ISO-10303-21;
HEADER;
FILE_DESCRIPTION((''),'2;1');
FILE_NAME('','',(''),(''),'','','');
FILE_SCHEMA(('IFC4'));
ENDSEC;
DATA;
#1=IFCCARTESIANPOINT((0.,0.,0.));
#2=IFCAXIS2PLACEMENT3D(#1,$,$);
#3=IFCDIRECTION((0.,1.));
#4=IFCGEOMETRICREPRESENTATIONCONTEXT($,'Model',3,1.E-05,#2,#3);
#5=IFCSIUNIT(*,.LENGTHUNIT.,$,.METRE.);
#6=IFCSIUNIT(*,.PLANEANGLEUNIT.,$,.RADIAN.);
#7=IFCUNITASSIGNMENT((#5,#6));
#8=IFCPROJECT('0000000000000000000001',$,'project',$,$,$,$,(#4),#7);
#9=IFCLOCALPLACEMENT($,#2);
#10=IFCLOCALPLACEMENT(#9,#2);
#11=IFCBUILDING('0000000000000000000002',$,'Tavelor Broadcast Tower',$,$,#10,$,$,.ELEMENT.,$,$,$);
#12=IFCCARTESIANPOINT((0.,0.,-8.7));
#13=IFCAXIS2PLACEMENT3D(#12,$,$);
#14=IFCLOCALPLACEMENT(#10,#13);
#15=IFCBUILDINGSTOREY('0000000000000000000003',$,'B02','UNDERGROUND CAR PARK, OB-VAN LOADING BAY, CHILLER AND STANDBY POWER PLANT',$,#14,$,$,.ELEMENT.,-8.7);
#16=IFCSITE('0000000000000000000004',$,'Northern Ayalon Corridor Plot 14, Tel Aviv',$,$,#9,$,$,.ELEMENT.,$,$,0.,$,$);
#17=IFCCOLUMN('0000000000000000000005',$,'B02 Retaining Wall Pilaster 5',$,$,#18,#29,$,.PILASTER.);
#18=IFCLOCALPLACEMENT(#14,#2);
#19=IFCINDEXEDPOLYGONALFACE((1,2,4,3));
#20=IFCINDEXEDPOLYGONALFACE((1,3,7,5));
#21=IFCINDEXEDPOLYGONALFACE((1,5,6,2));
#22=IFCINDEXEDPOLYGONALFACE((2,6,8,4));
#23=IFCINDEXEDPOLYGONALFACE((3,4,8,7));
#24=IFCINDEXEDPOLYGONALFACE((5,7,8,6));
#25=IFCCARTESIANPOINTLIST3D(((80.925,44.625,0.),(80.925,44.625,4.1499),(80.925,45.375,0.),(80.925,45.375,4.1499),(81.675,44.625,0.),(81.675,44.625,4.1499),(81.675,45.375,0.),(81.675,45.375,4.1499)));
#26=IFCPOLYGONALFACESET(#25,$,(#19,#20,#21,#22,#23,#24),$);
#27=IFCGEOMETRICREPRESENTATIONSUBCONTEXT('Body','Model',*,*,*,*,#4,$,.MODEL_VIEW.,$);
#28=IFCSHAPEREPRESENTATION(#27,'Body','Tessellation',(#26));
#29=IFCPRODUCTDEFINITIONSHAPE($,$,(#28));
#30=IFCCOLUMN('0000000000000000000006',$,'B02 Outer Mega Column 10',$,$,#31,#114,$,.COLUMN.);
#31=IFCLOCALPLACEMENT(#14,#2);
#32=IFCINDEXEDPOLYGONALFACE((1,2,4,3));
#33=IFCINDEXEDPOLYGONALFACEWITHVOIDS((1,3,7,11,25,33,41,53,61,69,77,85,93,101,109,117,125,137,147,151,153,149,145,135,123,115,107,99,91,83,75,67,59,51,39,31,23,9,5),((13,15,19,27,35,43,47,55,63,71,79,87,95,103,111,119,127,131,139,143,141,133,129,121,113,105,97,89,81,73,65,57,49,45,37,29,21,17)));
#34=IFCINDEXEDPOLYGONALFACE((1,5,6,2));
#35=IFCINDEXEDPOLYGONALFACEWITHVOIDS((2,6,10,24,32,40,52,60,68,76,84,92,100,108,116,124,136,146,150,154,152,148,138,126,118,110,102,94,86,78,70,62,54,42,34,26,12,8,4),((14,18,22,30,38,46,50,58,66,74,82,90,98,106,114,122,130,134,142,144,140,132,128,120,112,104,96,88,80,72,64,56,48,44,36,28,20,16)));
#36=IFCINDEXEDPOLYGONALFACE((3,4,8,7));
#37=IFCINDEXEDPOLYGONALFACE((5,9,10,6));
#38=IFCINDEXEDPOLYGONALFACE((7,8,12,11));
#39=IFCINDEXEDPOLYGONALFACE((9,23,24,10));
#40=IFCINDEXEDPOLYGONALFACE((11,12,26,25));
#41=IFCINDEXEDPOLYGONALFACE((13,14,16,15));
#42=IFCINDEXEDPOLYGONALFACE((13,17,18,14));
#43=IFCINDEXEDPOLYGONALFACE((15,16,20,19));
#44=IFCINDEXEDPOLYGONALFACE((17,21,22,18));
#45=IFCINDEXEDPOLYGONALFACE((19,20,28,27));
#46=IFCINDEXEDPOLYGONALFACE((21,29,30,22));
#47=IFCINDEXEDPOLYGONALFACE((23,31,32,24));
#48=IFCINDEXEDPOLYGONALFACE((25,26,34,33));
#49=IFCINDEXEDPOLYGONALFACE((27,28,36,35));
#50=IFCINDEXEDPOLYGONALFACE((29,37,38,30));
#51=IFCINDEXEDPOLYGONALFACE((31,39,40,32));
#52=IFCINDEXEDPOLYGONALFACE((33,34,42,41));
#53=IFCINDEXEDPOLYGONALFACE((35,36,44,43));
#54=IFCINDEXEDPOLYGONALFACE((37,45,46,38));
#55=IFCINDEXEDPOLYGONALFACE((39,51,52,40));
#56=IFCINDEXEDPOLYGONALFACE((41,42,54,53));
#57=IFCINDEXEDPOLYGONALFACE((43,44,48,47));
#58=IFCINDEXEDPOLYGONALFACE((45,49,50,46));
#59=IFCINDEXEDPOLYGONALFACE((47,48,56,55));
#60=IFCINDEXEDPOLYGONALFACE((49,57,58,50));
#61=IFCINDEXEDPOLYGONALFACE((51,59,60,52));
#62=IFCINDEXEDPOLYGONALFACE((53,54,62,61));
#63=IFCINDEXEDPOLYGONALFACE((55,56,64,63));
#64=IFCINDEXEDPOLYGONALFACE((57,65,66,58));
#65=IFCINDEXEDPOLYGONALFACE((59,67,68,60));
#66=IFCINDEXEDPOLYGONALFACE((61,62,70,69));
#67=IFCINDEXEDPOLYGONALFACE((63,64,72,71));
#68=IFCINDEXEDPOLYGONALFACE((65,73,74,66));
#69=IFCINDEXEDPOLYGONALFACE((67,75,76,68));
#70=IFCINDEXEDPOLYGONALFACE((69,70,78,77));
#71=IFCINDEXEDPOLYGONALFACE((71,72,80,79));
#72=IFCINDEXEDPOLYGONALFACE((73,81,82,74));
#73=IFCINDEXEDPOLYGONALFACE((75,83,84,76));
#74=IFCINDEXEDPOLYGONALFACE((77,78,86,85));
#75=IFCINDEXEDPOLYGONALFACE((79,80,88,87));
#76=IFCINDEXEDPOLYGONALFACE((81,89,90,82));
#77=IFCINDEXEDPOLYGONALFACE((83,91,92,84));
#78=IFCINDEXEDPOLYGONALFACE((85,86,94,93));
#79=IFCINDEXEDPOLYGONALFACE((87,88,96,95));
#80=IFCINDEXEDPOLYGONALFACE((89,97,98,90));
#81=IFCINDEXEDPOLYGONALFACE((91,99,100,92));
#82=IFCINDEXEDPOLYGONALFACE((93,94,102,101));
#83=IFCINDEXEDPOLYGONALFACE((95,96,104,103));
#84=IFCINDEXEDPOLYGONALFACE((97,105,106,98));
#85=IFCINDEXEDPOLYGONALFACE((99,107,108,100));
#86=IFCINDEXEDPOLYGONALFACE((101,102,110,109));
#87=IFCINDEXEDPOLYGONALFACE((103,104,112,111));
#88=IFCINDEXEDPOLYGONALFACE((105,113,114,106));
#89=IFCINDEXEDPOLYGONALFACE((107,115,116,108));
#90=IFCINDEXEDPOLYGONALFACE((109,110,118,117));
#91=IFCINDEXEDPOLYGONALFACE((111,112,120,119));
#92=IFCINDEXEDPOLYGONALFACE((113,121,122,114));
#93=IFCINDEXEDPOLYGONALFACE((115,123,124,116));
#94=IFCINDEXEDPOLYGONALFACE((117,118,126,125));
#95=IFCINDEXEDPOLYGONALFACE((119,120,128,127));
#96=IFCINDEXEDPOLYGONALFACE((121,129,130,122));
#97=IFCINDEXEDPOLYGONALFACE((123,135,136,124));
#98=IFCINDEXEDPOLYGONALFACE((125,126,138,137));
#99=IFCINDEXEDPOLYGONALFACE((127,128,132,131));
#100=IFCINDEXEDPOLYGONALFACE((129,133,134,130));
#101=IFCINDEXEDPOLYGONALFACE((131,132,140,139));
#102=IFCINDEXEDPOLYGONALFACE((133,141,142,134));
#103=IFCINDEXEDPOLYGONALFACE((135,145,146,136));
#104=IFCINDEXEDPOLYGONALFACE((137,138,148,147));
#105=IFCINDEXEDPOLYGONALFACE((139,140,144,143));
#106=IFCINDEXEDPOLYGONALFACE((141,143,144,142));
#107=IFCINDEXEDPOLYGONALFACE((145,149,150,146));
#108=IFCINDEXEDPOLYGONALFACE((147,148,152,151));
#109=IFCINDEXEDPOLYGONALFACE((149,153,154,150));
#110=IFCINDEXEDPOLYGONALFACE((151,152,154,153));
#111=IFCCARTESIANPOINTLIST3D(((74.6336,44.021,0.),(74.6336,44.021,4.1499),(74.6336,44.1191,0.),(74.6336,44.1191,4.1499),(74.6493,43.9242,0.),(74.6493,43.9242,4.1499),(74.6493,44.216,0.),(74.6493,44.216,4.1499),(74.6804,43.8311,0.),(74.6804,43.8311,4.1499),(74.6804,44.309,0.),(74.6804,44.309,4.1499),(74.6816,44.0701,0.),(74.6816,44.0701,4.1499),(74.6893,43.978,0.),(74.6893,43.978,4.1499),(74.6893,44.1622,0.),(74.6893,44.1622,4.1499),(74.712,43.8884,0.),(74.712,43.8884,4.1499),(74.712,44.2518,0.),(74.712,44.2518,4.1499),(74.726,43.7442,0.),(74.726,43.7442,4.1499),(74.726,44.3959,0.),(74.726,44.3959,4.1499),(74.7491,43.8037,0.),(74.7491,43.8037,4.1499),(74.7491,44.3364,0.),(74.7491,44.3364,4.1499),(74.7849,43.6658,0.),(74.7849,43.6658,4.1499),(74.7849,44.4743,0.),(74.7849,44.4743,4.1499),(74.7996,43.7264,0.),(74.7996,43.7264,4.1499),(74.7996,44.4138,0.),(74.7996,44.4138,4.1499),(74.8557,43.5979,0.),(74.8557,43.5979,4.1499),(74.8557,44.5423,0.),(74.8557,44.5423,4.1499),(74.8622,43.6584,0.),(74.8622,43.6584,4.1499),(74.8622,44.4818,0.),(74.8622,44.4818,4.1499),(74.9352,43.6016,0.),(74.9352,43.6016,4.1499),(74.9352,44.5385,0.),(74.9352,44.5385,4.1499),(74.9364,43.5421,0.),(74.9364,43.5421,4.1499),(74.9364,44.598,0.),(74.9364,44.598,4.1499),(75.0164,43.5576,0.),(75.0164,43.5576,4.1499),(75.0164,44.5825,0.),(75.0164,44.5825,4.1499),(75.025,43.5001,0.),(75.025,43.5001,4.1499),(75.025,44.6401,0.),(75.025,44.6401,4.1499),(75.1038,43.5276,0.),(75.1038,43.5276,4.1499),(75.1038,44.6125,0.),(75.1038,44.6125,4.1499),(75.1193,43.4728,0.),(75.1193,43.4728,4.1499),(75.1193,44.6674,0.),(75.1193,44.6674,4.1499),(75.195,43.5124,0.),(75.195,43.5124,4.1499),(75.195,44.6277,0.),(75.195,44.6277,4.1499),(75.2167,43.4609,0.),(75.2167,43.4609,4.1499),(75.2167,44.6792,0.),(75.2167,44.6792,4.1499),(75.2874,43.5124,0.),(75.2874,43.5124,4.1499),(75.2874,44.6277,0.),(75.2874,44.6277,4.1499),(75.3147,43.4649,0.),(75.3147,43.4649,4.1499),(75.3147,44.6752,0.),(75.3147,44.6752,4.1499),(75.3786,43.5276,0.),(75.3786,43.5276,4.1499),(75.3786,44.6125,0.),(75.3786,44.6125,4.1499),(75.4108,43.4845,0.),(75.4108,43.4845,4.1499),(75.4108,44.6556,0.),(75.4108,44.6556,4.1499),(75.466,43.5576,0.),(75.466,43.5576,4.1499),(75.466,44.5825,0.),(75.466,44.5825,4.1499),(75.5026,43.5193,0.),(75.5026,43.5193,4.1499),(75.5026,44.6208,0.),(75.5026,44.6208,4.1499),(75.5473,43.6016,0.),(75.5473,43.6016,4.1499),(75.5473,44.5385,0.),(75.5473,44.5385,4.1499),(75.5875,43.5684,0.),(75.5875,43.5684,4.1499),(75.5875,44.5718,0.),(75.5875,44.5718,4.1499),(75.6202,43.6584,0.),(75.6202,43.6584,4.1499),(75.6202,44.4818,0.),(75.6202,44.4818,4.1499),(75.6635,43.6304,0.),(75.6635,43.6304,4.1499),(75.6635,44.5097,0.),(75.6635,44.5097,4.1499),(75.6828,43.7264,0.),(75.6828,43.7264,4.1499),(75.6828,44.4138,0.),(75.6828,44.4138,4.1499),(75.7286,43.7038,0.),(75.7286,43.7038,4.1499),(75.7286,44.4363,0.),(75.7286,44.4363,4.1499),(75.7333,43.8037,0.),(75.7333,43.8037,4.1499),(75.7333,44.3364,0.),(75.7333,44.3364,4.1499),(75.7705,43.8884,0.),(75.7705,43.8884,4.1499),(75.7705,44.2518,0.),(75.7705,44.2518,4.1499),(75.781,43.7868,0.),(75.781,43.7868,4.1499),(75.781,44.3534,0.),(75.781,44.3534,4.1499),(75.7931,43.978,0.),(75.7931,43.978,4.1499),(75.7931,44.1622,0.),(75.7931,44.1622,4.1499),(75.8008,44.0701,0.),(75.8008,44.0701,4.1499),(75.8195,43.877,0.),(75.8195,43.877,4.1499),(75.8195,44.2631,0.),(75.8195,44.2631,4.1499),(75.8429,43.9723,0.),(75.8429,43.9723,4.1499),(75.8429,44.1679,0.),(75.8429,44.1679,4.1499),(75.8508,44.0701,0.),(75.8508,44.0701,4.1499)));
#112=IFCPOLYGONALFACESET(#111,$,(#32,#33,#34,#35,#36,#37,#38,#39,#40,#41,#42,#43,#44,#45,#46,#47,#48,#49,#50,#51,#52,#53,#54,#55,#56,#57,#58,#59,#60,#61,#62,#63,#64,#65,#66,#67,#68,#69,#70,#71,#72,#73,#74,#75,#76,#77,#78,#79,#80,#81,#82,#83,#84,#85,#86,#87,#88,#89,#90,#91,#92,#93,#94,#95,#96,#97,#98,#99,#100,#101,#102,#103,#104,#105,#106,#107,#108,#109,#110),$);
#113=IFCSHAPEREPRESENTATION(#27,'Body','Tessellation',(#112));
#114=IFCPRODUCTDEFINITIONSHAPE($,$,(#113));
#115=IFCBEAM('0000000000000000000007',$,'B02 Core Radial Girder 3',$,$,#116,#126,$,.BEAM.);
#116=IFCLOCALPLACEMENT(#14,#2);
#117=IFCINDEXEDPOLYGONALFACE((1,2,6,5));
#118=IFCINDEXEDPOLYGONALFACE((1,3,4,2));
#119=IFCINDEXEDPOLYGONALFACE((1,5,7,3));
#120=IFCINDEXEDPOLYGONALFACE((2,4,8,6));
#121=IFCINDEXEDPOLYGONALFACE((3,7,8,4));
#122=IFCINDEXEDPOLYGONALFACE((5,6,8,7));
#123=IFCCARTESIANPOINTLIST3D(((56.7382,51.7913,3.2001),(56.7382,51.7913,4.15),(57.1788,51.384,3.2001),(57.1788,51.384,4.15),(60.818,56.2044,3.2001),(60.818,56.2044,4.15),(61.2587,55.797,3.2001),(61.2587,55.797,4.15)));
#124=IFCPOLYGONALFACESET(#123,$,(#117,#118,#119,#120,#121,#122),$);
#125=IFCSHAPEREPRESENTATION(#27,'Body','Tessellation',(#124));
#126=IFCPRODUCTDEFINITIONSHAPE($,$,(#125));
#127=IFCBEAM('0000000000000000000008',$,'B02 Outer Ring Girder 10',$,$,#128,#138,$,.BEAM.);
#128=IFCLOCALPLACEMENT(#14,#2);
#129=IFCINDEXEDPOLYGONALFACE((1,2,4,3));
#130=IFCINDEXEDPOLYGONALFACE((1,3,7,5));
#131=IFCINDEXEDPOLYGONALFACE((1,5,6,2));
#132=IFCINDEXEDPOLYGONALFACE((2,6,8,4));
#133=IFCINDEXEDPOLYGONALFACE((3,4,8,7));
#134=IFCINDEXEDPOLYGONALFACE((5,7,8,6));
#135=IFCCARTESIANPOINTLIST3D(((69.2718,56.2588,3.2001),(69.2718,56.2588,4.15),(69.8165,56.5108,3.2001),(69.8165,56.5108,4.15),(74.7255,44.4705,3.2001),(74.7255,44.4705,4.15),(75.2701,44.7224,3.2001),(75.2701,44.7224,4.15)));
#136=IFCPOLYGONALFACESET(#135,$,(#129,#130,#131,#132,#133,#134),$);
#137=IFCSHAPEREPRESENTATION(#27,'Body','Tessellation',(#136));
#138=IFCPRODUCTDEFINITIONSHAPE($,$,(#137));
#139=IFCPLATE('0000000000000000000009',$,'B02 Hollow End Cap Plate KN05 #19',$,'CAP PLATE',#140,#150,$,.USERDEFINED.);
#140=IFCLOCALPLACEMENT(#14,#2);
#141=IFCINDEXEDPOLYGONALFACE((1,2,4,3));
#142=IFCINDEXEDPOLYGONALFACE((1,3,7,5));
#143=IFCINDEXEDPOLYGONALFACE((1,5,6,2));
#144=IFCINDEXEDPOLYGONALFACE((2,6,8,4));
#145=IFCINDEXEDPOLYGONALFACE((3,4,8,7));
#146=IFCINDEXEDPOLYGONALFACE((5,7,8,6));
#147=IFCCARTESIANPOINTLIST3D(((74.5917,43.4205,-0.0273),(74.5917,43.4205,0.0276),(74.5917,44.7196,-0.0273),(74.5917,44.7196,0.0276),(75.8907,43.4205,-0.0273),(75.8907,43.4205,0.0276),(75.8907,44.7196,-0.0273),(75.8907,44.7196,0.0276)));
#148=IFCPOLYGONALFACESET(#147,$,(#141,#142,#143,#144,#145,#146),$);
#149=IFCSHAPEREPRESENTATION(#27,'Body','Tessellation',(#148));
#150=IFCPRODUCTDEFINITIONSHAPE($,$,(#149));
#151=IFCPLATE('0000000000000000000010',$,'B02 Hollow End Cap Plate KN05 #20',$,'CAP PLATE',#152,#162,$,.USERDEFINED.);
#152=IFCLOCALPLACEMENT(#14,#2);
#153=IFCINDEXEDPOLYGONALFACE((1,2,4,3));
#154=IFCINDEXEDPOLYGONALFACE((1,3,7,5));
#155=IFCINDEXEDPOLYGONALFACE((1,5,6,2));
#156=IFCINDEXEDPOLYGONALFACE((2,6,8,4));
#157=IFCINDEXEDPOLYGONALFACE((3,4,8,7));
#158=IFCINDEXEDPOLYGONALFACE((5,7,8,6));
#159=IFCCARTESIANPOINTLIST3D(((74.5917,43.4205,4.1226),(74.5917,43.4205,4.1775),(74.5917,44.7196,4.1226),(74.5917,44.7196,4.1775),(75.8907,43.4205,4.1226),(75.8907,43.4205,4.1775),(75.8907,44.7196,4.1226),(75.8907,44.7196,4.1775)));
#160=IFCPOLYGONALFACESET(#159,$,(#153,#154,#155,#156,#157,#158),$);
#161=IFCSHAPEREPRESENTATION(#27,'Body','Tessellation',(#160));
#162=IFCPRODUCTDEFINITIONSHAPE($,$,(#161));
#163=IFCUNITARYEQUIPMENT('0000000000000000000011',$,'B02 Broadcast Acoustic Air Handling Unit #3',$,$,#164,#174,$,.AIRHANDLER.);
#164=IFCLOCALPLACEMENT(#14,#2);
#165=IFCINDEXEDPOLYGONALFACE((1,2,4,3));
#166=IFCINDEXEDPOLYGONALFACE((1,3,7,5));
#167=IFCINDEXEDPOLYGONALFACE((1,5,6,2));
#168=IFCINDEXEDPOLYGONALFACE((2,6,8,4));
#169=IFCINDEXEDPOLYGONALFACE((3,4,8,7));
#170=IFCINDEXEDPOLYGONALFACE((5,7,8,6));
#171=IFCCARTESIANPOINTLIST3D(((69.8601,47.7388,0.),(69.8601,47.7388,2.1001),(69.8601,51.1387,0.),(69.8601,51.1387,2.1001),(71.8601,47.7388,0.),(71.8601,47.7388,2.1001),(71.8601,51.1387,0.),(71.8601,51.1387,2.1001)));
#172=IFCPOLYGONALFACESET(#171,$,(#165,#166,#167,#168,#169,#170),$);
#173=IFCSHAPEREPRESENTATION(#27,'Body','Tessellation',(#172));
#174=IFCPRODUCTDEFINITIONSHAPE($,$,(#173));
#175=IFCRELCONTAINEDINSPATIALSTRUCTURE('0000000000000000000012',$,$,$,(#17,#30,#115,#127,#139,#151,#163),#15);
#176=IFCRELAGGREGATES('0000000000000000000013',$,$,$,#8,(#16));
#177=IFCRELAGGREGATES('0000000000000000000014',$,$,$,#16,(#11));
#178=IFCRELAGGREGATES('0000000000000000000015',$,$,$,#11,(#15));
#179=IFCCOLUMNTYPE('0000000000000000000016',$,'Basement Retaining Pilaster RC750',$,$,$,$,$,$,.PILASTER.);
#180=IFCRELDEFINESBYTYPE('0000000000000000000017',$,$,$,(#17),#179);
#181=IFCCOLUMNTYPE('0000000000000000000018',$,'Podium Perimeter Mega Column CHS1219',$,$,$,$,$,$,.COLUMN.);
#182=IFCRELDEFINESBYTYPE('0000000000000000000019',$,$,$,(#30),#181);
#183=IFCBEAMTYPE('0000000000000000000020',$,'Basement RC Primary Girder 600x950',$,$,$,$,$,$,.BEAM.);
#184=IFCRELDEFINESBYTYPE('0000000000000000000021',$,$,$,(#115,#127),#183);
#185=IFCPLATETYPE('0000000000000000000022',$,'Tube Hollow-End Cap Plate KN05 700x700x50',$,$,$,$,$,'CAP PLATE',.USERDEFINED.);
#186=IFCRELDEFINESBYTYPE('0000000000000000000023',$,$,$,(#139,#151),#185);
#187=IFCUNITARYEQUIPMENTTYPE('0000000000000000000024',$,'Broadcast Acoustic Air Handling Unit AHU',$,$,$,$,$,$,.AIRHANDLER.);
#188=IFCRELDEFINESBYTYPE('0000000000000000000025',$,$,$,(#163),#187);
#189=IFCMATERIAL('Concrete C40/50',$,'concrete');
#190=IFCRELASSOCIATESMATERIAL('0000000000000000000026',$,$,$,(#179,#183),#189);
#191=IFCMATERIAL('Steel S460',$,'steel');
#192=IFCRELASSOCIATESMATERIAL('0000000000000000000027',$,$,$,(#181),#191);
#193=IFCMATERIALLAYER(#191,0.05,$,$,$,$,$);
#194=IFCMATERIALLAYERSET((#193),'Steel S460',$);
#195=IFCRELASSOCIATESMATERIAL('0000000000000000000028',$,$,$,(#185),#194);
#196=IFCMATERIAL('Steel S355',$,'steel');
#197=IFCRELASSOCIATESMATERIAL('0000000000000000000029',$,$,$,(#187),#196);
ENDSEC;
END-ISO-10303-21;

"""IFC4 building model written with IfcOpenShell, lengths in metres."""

from ifc_helpers import new_model, si_unit, direction, frame, origin, origin_2d, place, context, subcontext, project, spatial, rectangle, hollow_circle, extrude, source, transform, mapped, material, layer, layer_set, material_profile, profile_set, type_object, type_shapes, element, save


model = new_model("IFC4")

# Units and contexts
model_context = context("Model", 3, precision=1e-05, world=origin(), true_north=direction((0.0, 1.0)))
body_context = subcontext(model_context, "Body", "Model", "MODEL_VIEW")
ifc_project = project(units=[si_unit("LENGTHUNIT", "METRE"), si_unit("PLANEANGLEUNIT", "RADIAN")], contexts=[model_context])

# Site, building, storey
site_placement = place(None, origin())
site = spatial("IfcSite", under=ifc_project, at=site_placement, Name="Northern Ayalon Corridor Plot 14, Tel Aviv", CompositionType="ELEMENT", RefElevation=0.0)
building_placement = place(site_placement, origin())
building = spatial("IfcBuilding", under=site, at=building_placement, Name="Tavelor Broadcast Tower", CompositionType="ELEMENT")
storey_placement = place(building_placement, frame((0.0, 0.0, -8.7)))
storey = spatial("IfcBuildingStorey", under=building, at=storey_placement, Name="B02", Description="UNDERGROUND CAR PARK, OB-VAN LOADING BAY, CHILLER AND STANDBY POWER PLANT", CompositionType="ELEMENT", Elevation=-8.7)

# Shared definitions
ifc_material_1 = material(Name="Concrete C40/50", Category="concrete")

# Columns
ifc_material_profile_1 = material_profile(ifc_material_1, rectangle(XDim=0.75, YDim=0.75, at=origin_2d()), Name="RC 750x750")
ifc_profile_set_1 = profile_set([ifc_material_profile_1], Name="Concrete C40/50")
column_type_1 = type_object("IfcColumnType", Name="Basement Retaining Pilaster RC750", PredefinedType="PILASTER", material=ifc_profile_set_1)
column_1_placement = place(storey_placement, frame((81.3, 45.0, 0.0), z_axis=(0.0, 0.0, 1.0), x_axis=(1.0, 0.0, 0.0)))
element("IfcColumn", 1, at=column_1_placement, inside=storey, type_object=column_type_1, Name="B02 Retaining Wall Pilaster 5", PredefinedType="PILASTER", context=body_context, shape_type="SweptSolid", body=[
    extrude(rectangle(XDim=0.75, YDim=0.75, at=origin_2d()), origin(), (0.0, 0.0, 1.0), 4.1499),
])
ifc_material_2 = material(Name="Steel S460", Category="steel")
ifc_material_profile_2 = material_profile(ifc_material_2, hollow_circle(Radius=0.6096, WallThickness=0.05, at=origin_2d()), Name="CHS 1219x50")
ifc_profile_set_2 = profile_set([ifc_material_profile_2], Name="Steel S460")
column_type_2 = type_object("IfcColumnType", Name="Podium Perimeter Mega Column CHS1219", PredefinedType="COLUMN", material=ifc_profile_set_2)
column_2_placement = place(storey_placement, frame((75.2412, 44.0701, 0.0), z_axis=(0.0, 0.0, 1.0), x_axis=(1.0, 0.0, 0.0)))
element("IfcColumn", 2, at=column_2_placement, inside=storey, type_object=column_type_2, Name="B02 Outer Mega Column 10", PredefinedType="COLUMN", context=body_context, shape_type="SweptSolid", body=[
    extrude(hollow_circle(Radius=0.6096, WallThickness=0.05, at=origin_2d()), origin(), (0.0, 0.0, 1.0), 4.1499),
])

# Beams
ifc_material_profile_3 = material_profile(ifc_material_1, rectangle(XDim=0.6001, YDim=0.95, at=origin_2d()), Name="RC 600x950")
ifc_profile_set_3 = profile_set([ifc_material_profile_3], Name="Concrete C40/50")
beam_type = type_object("IfcBeamType", Name="Basement RC Primary Girder 600x950", PredefinedType="BEAM", material=ifc_profile_set_3)
beam_1_placement = place(storey_placement, frame((61.0383, 56.0007, 3.675), z_axis=(-0.678838, -0.734288, 0.0), x_axis=(0.734288, -0.678838, 0.0)))
element("IfcBeam", 3, at=beam_1_placement, inside=storey, type_object=beam_type, Name="B02 Core Radial Girder 3", PredefinedType="BEAM", context=body_context, shape_type="SweptSolid", body=[
    extrude(rectangle(XDim=0.6001, YDim=0.95, at=origin_2d()), origin(), (0.0, 0.0, 1.0), 6.01),
])
beam_2_placement = place(storey_placement, frame((74.9978, 44.5964, 3.675), z_axis=(-0.419873, 0.907583, 0.0), x_axis=(-0.907583, -0.419873, 0.0)))
element("IfcBeam", 4, at=beam_2_placement, inside=storey, type_object=beam_type, Name="B02 Outer Ring Girder 10", PredefinedType="BEAM", context=body_context, shape_type="SweptSolid", body=[
    extrude(rectangle(XDim=0.6001, YDim=0.95, at=origin_2d()), origin(), (0.0, 0.0, 1.0), 12.9888),
])

# Plates
ifc_layer = layer(ifc_material_2, 0.05)
ifc_layer_set = layer_set([ifc_layer], Name="Steel S460")
plate_type = type_object("IfcPlateType", Name="Tube Hollow-End Cap Plate KN05 700x700x50", ElementType="CAP PLATE", PredefinedType="USERDEFINED", material=ifc_layer_set)
shared_shape = source(origin(), body_context, "Body", "SweptSolid", [
    extrude(rectangle(XDim=1.2991, YDim=1.2991, at=origin_2d()), origin(), (0.0, 0.0, 1.0), 0.0549),
])
type_shapes(plate_type, [shared_shape])
for number, where, z_axis, x_axis, name in (
    (5, (75.2412, 44.0701, -0.0273), (0.0, 0.0, 1.0), (1.0, 0.0, 0.0), "B02 Hollow End Cap Plate KN05 #19"),
    (6, (75.2412, 44.0701, 4.1226), (0.0, 0.0, 1.0), (1.0, 0.0, 0.0), "B02 Hollow End Cap Plate KN05 #20"),
):
    element("IfcPlate", number, at=place(storey_placement, frame(where, z_axis=z_axis, x_axis=x_axis)), inside=storey, type_object=plate_type, Name=name, ObjectType="CAP PLATE", PredefinedType="USERDEFINED", context=body_context, shape_type="MappedRepresentation", body=[
        mapped(shared_shape, transform((0.0, 0.0, 0.0), scale=1.0)),
    ])

# Unitary equipment
ifc_material_3 = material(Name="Steel S355", Category="steel")
unitary_equipment_type = type_object("IfcUnitaryEquipmentType", Name="Broadcast Acoustic Air Handling Unit AHU", PredefinedType="AIRHANDLER", material=ifc_material_3)
unitary_equipment_placement = place(storey_placement, frame((70.8601, 49.4387, 0.0), z_axis=(0.0, 0.0, 1.0), x_axis=(1.0, 0.0, 0.0)))
element("IfcUnitaryEquipment", 7, at=unitary_equipment_placement, inside=storey, type_object=unitary_equipment_type, Name="B02 Broadcast Acoustic Air Handling Unit #3", PredefinedType="AIRHANDLER", context=body_context, shape_type="SweptSolid", body=[
    extrude(rectangle(XDim=2.0, YDim=3.3999, at=origin_2d()), origin(), (0.0, 0.0, 1.0), 2.1001),
])

save(model, "model.ifc")
